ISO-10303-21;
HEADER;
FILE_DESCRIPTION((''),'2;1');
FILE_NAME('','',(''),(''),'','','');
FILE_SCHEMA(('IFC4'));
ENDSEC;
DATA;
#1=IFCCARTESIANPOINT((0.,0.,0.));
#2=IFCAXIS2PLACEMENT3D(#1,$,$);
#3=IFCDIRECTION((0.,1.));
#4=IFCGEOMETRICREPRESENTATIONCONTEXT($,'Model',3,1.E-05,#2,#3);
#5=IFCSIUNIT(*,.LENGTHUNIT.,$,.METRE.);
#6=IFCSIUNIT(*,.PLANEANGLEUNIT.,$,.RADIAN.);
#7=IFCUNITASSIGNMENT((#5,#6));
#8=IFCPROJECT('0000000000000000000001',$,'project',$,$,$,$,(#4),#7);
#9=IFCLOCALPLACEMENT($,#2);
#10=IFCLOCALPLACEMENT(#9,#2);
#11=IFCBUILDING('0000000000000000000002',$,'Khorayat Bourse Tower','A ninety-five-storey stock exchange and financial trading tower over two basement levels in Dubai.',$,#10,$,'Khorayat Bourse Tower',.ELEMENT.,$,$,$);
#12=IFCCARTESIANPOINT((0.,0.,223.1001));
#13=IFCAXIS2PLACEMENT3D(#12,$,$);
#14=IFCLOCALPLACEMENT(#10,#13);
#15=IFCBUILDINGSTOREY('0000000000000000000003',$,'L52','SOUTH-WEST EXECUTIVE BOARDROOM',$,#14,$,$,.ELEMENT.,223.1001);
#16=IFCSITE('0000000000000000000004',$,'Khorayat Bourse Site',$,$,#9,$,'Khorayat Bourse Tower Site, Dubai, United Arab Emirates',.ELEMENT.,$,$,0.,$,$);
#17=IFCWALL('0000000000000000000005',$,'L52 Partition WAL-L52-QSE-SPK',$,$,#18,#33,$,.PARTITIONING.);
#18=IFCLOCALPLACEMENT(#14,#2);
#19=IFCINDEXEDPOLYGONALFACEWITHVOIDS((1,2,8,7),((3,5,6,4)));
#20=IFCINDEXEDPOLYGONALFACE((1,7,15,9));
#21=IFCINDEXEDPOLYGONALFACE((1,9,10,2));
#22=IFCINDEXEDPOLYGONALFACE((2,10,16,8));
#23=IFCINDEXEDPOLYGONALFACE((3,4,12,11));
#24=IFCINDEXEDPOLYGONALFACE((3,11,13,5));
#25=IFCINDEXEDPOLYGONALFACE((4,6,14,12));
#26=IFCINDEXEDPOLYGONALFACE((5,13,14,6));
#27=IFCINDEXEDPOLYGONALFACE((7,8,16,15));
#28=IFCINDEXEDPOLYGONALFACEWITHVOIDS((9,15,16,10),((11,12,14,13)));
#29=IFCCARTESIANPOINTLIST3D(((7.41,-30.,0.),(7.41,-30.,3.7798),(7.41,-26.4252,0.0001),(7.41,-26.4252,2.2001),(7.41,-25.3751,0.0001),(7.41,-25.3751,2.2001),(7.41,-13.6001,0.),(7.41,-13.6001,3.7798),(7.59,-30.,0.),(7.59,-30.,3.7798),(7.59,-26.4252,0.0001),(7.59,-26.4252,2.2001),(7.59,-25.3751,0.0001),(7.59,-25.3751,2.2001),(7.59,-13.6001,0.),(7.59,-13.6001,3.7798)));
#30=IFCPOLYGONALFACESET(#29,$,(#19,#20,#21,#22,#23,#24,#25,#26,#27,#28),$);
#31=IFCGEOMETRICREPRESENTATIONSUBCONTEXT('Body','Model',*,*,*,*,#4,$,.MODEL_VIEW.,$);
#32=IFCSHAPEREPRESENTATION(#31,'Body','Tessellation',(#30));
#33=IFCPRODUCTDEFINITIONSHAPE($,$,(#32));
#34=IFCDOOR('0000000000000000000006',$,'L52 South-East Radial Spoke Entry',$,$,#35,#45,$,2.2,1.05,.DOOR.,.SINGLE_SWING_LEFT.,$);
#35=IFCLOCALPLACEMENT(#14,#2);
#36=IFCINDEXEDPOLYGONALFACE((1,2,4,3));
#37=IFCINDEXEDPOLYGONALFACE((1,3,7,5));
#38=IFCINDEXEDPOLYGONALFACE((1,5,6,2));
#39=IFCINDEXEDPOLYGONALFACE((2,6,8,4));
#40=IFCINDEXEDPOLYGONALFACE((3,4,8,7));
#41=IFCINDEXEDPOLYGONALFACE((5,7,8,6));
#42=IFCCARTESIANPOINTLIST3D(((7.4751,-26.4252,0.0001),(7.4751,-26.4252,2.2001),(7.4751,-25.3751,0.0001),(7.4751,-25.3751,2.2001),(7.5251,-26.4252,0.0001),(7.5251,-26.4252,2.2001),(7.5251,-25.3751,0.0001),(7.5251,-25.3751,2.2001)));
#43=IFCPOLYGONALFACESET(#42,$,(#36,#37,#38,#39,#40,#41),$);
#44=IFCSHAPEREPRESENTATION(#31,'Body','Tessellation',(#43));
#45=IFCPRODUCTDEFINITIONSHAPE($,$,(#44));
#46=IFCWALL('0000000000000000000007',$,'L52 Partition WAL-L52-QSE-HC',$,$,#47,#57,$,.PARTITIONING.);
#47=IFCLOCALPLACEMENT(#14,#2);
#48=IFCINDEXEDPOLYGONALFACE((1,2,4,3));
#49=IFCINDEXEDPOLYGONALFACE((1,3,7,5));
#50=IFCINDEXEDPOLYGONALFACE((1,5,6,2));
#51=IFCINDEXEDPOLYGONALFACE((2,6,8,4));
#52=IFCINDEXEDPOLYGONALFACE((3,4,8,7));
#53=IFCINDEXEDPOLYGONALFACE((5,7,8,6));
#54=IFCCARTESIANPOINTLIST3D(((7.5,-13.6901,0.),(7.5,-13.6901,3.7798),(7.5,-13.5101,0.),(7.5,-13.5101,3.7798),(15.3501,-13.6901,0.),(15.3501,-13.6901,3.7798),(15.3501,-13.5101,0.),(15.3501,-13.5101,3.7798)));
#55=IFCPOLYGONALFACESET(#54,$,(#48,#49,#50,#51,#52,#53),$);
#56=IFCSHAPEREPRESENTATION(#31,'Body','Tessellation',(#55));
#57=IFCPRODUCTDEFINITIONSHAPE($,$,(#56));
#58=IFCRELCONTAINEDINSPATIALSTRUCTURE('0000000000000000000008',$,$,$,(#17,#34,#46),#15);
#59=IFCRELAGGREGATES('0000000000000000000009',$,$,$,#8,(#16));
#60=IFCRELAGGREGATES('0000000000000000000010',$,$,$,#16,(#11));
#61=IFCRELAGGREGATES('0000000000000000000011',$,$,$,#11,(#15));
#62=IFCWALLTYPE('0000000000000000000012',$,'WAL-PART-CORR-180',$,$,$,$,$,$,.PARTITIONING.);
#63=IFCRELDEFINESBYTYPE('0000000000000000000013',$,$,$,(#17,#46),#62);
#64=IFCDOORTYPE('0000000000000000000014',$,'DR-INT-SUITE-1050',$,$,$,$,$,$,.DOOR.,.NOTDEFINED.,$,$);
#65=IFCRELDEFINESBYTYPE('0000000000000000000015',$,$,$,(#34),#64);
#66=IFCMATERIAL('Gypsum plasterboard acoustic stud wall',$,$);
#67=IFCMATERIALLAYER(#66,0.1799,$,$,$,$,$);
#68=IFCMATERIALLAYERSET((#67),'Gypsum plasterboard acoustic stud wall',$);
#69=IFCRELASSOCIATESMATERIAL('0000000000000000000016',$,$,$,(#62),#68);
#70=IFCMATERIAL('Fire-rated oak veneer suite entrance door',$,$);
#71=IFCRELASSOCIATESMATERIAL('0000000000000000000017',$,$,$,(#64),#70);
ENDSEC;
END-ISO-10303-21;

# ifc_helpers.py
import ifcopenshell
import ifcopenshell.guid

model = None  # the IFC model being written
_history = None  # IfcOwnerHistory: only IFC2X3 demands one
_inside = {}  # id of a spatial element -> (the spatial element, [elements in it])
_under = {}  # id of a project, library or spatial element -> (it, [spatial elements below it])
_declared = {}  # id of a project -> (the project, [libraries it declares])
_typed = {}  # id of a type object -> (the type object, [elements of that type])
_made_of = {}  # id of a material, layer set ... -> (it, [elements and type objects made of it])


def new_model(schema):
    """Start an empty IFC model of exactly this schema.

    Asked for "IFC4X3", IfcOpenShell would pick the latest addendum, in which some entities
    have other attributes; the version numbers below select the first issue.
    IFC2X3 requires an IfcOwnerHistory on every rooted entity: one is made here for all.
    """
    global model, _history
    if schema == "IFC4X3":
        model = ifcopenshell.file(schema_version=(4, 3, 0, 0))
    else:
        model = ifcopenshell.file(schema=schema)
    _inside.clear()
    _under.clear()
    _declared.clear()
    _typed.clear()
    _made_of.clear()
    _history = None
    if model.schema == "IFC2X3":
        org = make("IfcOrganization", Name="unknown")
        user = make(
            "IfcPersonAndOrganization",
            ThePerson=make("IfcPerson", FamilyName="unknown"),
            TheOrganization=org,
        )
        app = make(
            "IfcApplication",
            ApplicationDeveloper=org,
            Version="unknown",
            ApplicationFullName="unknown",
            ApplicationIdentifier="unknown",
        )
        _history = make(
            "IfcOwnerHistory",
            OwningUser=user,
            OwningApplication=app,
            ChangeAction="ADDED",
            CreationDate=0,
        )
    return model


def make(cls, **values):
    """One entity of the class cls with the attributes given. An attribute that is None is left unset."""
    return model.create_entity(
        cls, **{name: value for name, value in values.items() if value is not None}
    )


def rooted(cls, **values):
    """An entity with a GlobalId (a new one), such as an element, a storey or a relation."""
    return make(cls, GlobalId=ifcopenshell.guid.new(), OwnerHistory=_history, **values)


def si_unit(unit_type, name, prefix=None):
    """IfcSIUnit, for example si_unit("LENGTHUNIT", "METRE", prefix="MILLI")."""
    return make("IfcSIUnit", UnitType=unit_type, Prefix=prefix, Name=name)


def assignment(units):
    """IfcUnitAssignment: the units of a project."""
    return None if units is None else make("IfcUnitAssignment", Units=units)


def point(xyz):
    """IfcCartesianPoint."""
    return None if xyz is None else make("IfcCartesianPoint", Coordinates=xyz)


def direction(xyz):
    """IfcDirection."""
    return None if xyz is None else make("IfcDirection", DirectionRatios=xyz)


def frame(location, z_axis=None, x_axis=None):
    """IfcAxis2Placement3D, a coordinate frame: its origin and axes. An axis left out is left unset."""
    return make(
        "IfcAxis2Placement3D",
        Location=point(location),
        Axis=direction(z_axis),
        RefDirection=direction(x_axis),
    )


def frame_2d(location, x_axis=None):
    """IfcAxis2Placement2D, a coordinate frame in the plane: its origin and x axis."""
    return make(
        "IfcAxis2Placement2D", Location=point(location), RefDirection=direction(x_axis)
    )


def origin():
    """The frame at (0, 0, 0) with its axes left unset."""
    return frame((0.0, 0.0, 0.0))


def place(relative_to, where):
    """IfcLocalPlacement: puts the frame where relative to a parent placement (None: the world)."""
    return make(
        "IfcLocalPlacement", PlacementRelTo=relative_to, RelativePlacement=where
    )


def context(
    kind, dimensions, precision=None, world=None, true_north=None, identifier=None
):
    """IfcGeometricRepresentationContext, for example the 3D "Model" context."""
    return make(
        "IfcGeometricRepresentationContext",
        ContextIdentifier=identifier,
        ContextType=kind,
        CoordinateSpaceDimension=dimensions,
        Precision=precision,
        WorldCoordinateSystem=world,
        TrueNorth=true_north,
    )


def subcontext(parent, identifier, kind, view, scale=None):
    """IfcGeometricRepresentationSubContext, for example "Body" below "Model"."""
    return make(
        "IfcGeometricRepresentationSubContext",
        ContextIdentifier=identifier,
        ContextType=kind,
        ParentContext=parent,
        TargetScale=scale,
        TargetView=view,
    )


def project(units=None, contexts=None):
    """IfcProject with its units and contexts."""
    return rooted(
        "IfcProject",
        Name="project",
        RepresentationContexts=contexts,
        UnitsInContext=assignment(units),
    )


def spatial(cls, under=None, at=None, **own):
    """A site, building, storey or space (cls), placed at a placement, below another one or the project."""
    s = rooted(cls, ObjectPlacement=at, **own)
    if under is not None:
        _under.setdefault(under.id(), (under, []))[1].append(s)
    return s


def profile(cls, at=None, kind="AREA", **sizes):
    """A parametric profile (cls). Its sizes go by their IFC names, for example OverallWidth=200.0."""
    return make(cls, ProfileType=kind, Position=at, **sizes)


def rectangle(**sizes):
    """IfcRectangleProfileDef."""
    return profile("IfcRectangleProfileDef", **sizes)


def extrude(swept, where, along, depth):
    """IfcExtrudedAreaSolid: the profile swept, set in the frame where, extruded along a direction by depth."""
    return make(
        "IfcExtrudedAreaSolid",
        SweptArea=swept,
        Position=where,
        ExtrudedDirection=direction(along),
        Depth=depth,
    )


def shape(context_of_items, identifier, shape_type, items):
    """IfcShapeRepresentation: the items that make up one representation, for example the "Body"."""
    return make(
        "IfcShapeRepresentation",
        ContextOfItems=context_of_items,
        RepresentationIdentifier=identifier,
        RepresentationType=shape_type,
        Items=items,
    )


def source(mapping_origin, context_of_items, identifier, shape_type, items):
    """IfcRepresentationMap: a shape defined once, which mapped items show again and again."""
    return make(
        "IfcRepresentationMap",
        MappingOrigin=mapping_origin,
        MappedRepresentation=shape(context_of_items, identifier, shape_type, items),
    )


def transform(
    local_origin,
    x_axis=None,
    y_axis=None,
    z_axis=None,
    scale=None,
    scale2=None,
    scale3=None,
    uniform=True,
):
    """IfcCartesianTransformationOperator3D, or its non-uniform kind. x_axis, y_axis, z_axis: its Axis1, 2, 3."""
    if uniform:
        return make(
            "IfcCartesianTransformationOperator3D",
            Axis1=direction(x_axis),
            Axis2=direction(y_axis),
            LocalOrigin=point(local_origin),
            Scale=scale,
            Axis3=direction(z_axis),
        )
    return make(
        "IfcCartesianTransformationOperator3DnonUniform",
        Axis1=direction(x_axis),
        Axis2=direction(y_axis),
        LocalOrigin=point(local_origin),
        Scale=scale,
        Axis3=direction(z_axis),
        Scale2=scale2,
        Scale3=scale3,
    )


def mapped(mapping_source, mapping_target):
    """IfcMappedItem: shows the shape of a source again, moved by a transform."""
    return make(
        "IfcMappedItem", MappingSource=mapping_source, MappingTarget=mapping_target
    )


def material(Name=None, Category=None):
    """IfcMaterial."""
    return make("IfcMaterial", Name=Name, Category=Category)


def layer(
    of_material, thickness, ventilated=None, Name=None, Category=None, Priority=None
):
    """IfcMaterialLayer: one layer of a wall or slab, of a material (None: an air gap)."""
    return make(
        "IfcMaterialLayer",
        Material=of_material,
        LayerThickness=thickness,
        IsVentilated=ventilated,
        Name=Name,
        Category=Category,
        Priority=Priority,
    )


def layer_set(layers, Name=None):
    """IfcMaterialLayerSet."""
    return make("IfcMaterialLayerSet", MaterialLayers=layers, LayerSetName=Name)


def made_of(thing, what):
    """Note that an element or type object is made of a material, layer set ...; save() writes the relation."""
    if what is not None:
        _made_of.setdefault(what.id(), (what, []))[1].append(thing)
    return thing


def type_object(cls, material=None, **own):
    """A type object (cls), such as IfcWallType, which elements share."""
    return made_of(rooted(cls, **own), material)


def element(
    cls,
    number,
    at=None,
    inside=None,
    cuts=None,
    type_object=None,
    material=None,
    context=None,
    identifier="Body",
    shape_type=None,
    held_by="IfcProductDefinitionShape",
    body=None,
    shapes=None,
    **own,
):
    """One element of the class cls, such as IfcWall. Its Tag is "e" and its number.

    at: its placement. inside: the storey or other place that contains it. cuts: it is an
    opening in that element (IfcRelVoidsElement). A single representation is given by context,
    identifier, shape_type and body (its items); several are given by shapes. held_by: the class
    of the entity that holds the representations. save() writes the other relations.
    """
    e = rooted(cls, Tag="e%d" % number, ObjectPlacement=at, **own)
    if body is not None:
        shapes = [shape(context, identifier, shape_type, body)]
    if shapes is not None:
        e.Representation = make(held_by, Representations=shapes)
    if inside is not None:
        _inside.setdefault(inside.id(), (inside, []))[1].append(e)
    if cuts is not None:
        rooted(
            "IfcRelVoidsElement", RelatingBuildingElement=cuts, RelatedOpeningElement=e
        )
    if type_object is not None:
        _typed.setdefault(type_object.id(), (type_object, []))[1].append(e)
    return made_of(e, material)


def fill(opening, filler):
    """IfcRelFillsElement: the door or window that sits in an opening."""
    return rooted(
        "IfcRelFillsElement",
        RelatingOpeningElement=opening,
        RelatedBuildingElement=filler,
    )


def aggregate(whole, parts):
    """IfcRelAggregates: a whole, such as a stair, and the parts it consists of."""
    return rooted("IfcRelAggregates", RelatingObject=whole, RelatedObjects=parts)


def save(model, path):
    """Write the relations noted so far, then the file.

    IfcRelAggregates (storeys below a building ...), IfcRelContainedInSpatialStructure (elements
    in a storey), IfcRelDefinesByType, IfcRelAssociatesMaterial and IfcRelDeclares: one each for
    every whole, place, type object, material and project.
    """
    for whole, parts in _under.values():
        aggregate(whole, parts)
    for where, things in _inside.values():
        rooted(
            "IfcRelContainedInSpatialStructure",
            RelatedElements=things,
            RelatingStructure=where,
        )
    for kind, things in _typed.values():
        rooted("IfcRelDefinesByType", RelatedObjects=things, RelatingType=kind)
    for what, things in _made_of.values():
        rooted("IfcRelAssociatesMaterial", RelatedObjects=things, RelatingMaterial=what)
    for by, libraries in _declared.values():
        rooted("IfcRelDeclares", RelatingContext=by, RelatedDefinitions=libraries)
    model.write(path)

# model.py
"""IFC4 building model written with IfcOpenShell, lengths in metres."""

from ifc_helpers import new_model, si_unit, direction, frame, frame_2d, origin, place, context, subcontext, project, spatial, rectangle, extrude, source, transform, mapped, material, layer, layer_set, type_object, element, fill, save


model = new_model("IFC4")

# Units and contexts
model_context = context("Model", 3, precision=1e-05, world=origin(), true_north=direction((0.0, 1.0)))
body_context = subcontext(model_context, "Body", "Model", "MODEL_VIEW")
ifc_project = project(units=[si_unit("LENGTHUNIT", "METRE"), si_unit("PLANEANGLEUNIT", "RADIAN")], contexts=[model_context])

# Site, building, storey
site_placement = place(None, origin())
site = spatial("IfcSite", under=ifc_project, at=site_placement, Name="Khorayat Bourse Site", LongName="Khorayat Bourse Tower Site, Dubai, United Arab Emirates", CompositionType="ELEMENT", RefElevation=0.0)
building_placement = place(site_placement, origin())
building = spatial("IfcBuilding", under=site, at=building_placement, Name="Khorayat Bourse Tower", Description="A ninety-five-storey stock exchange and financial trading tower over two basement levels in Dubai.", LongName="Khorayat Bourse Tower", CompositionType="ELEMENT")
storey_placement = place(building_placement, frame((0.0, 0.0, 223.1001)))
storey = spatial("IfcBuildingStorey", under=building, at=storey_placement, Name="L52", Description="SOUTH-WEST EXECUTIVE BOARDROOM", CompositionType="ELEMENT", Elevation=223.1001)

# Shared definitions
ifc_material_1 = material(Name="Gypsum plasterboard acoustic stud wall")
ifc_layer_1 = layer(ifc_material_1, 0.1799)
ifc_layer_set_1 = layer_set([ifc_layer_1], Name="Gypsum plasterboard acoustic stud wall")
wall_type_1 = type_object("IfcWallType", Name="WAL-PART-CORR-180", PredefinedType="PARTITIONING", material=ifc_layer_set_1)

# Wall, opening, door
shared_shape_1 = source(origin(), body_context, "Body", "SweptSolid", [
    extrude(rectangle(XDim=16.3999, YDim=0.1799, at=frame_2d((8.2, 0.0))), origin(), (0.0, 0.0, 1.0), 3.7798),
])
shared_shape_2 = source(origin(), body_context, "Body", "SweptSolid", [
    extrude(rectangle(XDim=1.05, YDim=2.2, at=frame_2d((0.5249, 1.1001))), frame((0.0, 0.0999, 0.0), z_axis=(0.0, -1.0, 0.0), x_axis=(1.0, 0.0, 0.0)), (0.0, 0.0, 1.0), 0.2),
])
ifc_material_2 = material(Name="Fire-rated oak veneer suite entrance door")
door_type_1 = type_object("IfcDoorType", Name="DR-INT-SUITE-1050", OperationType="NOTDEFINED", PredefinedType="DOOR", material=ifc_material_2)
shared_shape_3 = source(origin(), body_context, "Body", "SweptSolid", [
    extrude(rectangle(XDim=1.05, YDim=2.2, at=frame_2d((0.5249, 1.1001))), frame((0.0, 0.0249, 0.0), z_axis=(0.0, -1.0, 0.0), x_axis=(1.0, 0.0, 0.0)), (0.0, 0.0, 1.0), 0.05),
])
wall_1_placement = place(storey_placement, frame((7.5, -30.0, 0.0), z_axis=(0.0, 0.0, 1.0), x_axis=(0.0, 1.0, 0.0)))
wall_1 = element("IfcWall", 1, at=wall_1_placement, inside=storey, type_object=wall_type_1, Name="L52 Partition WAL-L52-QSE-SPK", PredefinedType="PARTITIONING", context=body_context, shape_type="MappedRepresentation", body=[
    mapped(shared_shape_1, transform((0.0, 0.0, 0.0), scale=1.0)),
])
opening_1_placement = place(wall_1_placement, frame((3.575, 0.0, 0.0)))
opening_1 = element("IfcOpeningElement", 2, at=opening_1_placement, cuts=wall_1, PredefinedType="OPENING", context=body_context, shape_type="MappedRepresentation", body=[
    mapped(shared_shape_2, transform((0.0, 0.0, 0.0), scale=1.0)),
])
door_1_placement = place(opening_1_placement, origin())
door_1 = element("IfcDoor", 3, at=door_1_placement, inside=storey, type_object=door_type_1, Name="L52 South-East Radial Spoke Entry", OperationType="SINGLE_SWING_LEFT", OverallHeight=2.2, OverallWidth=1.05, PredefinedType="DOOR", context=body_context, shape_type="MappedRepresentation", body=[
    mapped(shared_shape_3, transform((0.0, 0.0, 0.0), scale=1.0)),
])
fill(opening_1, door_1)

# Wall
shared_shape_4 = source(origin(), body_context, "Body", "SweptSolid", [
    extrude(rectangle(XDim=7.8501, YDim=0.1799, at=frame_2d((3.925, 0.0))), origin(), (0.0, 0.0, 1.0), 3.7798),
])
wall_2_placement = place(storey_placement, frame((7.5, -13.6001, 0.0), z_axis=(0.0, 0.0, 1.0), x_axis=(1.0, 0.0, 0.0)))
element("IfcWall", 4, at=wall_2_placement, inside=storey, type_object=wall_type_1, Name="L52 Partition WAL-L52-QSE-HC", PredefinedType="PARTITIONING", context=body_context, shape_type="MappedRepresentation", body=[
    mapped(shared_shape_4, transform((0.0, 0.0, 0.0), scale=1.0)),
])

save(model, "model.ifc")
